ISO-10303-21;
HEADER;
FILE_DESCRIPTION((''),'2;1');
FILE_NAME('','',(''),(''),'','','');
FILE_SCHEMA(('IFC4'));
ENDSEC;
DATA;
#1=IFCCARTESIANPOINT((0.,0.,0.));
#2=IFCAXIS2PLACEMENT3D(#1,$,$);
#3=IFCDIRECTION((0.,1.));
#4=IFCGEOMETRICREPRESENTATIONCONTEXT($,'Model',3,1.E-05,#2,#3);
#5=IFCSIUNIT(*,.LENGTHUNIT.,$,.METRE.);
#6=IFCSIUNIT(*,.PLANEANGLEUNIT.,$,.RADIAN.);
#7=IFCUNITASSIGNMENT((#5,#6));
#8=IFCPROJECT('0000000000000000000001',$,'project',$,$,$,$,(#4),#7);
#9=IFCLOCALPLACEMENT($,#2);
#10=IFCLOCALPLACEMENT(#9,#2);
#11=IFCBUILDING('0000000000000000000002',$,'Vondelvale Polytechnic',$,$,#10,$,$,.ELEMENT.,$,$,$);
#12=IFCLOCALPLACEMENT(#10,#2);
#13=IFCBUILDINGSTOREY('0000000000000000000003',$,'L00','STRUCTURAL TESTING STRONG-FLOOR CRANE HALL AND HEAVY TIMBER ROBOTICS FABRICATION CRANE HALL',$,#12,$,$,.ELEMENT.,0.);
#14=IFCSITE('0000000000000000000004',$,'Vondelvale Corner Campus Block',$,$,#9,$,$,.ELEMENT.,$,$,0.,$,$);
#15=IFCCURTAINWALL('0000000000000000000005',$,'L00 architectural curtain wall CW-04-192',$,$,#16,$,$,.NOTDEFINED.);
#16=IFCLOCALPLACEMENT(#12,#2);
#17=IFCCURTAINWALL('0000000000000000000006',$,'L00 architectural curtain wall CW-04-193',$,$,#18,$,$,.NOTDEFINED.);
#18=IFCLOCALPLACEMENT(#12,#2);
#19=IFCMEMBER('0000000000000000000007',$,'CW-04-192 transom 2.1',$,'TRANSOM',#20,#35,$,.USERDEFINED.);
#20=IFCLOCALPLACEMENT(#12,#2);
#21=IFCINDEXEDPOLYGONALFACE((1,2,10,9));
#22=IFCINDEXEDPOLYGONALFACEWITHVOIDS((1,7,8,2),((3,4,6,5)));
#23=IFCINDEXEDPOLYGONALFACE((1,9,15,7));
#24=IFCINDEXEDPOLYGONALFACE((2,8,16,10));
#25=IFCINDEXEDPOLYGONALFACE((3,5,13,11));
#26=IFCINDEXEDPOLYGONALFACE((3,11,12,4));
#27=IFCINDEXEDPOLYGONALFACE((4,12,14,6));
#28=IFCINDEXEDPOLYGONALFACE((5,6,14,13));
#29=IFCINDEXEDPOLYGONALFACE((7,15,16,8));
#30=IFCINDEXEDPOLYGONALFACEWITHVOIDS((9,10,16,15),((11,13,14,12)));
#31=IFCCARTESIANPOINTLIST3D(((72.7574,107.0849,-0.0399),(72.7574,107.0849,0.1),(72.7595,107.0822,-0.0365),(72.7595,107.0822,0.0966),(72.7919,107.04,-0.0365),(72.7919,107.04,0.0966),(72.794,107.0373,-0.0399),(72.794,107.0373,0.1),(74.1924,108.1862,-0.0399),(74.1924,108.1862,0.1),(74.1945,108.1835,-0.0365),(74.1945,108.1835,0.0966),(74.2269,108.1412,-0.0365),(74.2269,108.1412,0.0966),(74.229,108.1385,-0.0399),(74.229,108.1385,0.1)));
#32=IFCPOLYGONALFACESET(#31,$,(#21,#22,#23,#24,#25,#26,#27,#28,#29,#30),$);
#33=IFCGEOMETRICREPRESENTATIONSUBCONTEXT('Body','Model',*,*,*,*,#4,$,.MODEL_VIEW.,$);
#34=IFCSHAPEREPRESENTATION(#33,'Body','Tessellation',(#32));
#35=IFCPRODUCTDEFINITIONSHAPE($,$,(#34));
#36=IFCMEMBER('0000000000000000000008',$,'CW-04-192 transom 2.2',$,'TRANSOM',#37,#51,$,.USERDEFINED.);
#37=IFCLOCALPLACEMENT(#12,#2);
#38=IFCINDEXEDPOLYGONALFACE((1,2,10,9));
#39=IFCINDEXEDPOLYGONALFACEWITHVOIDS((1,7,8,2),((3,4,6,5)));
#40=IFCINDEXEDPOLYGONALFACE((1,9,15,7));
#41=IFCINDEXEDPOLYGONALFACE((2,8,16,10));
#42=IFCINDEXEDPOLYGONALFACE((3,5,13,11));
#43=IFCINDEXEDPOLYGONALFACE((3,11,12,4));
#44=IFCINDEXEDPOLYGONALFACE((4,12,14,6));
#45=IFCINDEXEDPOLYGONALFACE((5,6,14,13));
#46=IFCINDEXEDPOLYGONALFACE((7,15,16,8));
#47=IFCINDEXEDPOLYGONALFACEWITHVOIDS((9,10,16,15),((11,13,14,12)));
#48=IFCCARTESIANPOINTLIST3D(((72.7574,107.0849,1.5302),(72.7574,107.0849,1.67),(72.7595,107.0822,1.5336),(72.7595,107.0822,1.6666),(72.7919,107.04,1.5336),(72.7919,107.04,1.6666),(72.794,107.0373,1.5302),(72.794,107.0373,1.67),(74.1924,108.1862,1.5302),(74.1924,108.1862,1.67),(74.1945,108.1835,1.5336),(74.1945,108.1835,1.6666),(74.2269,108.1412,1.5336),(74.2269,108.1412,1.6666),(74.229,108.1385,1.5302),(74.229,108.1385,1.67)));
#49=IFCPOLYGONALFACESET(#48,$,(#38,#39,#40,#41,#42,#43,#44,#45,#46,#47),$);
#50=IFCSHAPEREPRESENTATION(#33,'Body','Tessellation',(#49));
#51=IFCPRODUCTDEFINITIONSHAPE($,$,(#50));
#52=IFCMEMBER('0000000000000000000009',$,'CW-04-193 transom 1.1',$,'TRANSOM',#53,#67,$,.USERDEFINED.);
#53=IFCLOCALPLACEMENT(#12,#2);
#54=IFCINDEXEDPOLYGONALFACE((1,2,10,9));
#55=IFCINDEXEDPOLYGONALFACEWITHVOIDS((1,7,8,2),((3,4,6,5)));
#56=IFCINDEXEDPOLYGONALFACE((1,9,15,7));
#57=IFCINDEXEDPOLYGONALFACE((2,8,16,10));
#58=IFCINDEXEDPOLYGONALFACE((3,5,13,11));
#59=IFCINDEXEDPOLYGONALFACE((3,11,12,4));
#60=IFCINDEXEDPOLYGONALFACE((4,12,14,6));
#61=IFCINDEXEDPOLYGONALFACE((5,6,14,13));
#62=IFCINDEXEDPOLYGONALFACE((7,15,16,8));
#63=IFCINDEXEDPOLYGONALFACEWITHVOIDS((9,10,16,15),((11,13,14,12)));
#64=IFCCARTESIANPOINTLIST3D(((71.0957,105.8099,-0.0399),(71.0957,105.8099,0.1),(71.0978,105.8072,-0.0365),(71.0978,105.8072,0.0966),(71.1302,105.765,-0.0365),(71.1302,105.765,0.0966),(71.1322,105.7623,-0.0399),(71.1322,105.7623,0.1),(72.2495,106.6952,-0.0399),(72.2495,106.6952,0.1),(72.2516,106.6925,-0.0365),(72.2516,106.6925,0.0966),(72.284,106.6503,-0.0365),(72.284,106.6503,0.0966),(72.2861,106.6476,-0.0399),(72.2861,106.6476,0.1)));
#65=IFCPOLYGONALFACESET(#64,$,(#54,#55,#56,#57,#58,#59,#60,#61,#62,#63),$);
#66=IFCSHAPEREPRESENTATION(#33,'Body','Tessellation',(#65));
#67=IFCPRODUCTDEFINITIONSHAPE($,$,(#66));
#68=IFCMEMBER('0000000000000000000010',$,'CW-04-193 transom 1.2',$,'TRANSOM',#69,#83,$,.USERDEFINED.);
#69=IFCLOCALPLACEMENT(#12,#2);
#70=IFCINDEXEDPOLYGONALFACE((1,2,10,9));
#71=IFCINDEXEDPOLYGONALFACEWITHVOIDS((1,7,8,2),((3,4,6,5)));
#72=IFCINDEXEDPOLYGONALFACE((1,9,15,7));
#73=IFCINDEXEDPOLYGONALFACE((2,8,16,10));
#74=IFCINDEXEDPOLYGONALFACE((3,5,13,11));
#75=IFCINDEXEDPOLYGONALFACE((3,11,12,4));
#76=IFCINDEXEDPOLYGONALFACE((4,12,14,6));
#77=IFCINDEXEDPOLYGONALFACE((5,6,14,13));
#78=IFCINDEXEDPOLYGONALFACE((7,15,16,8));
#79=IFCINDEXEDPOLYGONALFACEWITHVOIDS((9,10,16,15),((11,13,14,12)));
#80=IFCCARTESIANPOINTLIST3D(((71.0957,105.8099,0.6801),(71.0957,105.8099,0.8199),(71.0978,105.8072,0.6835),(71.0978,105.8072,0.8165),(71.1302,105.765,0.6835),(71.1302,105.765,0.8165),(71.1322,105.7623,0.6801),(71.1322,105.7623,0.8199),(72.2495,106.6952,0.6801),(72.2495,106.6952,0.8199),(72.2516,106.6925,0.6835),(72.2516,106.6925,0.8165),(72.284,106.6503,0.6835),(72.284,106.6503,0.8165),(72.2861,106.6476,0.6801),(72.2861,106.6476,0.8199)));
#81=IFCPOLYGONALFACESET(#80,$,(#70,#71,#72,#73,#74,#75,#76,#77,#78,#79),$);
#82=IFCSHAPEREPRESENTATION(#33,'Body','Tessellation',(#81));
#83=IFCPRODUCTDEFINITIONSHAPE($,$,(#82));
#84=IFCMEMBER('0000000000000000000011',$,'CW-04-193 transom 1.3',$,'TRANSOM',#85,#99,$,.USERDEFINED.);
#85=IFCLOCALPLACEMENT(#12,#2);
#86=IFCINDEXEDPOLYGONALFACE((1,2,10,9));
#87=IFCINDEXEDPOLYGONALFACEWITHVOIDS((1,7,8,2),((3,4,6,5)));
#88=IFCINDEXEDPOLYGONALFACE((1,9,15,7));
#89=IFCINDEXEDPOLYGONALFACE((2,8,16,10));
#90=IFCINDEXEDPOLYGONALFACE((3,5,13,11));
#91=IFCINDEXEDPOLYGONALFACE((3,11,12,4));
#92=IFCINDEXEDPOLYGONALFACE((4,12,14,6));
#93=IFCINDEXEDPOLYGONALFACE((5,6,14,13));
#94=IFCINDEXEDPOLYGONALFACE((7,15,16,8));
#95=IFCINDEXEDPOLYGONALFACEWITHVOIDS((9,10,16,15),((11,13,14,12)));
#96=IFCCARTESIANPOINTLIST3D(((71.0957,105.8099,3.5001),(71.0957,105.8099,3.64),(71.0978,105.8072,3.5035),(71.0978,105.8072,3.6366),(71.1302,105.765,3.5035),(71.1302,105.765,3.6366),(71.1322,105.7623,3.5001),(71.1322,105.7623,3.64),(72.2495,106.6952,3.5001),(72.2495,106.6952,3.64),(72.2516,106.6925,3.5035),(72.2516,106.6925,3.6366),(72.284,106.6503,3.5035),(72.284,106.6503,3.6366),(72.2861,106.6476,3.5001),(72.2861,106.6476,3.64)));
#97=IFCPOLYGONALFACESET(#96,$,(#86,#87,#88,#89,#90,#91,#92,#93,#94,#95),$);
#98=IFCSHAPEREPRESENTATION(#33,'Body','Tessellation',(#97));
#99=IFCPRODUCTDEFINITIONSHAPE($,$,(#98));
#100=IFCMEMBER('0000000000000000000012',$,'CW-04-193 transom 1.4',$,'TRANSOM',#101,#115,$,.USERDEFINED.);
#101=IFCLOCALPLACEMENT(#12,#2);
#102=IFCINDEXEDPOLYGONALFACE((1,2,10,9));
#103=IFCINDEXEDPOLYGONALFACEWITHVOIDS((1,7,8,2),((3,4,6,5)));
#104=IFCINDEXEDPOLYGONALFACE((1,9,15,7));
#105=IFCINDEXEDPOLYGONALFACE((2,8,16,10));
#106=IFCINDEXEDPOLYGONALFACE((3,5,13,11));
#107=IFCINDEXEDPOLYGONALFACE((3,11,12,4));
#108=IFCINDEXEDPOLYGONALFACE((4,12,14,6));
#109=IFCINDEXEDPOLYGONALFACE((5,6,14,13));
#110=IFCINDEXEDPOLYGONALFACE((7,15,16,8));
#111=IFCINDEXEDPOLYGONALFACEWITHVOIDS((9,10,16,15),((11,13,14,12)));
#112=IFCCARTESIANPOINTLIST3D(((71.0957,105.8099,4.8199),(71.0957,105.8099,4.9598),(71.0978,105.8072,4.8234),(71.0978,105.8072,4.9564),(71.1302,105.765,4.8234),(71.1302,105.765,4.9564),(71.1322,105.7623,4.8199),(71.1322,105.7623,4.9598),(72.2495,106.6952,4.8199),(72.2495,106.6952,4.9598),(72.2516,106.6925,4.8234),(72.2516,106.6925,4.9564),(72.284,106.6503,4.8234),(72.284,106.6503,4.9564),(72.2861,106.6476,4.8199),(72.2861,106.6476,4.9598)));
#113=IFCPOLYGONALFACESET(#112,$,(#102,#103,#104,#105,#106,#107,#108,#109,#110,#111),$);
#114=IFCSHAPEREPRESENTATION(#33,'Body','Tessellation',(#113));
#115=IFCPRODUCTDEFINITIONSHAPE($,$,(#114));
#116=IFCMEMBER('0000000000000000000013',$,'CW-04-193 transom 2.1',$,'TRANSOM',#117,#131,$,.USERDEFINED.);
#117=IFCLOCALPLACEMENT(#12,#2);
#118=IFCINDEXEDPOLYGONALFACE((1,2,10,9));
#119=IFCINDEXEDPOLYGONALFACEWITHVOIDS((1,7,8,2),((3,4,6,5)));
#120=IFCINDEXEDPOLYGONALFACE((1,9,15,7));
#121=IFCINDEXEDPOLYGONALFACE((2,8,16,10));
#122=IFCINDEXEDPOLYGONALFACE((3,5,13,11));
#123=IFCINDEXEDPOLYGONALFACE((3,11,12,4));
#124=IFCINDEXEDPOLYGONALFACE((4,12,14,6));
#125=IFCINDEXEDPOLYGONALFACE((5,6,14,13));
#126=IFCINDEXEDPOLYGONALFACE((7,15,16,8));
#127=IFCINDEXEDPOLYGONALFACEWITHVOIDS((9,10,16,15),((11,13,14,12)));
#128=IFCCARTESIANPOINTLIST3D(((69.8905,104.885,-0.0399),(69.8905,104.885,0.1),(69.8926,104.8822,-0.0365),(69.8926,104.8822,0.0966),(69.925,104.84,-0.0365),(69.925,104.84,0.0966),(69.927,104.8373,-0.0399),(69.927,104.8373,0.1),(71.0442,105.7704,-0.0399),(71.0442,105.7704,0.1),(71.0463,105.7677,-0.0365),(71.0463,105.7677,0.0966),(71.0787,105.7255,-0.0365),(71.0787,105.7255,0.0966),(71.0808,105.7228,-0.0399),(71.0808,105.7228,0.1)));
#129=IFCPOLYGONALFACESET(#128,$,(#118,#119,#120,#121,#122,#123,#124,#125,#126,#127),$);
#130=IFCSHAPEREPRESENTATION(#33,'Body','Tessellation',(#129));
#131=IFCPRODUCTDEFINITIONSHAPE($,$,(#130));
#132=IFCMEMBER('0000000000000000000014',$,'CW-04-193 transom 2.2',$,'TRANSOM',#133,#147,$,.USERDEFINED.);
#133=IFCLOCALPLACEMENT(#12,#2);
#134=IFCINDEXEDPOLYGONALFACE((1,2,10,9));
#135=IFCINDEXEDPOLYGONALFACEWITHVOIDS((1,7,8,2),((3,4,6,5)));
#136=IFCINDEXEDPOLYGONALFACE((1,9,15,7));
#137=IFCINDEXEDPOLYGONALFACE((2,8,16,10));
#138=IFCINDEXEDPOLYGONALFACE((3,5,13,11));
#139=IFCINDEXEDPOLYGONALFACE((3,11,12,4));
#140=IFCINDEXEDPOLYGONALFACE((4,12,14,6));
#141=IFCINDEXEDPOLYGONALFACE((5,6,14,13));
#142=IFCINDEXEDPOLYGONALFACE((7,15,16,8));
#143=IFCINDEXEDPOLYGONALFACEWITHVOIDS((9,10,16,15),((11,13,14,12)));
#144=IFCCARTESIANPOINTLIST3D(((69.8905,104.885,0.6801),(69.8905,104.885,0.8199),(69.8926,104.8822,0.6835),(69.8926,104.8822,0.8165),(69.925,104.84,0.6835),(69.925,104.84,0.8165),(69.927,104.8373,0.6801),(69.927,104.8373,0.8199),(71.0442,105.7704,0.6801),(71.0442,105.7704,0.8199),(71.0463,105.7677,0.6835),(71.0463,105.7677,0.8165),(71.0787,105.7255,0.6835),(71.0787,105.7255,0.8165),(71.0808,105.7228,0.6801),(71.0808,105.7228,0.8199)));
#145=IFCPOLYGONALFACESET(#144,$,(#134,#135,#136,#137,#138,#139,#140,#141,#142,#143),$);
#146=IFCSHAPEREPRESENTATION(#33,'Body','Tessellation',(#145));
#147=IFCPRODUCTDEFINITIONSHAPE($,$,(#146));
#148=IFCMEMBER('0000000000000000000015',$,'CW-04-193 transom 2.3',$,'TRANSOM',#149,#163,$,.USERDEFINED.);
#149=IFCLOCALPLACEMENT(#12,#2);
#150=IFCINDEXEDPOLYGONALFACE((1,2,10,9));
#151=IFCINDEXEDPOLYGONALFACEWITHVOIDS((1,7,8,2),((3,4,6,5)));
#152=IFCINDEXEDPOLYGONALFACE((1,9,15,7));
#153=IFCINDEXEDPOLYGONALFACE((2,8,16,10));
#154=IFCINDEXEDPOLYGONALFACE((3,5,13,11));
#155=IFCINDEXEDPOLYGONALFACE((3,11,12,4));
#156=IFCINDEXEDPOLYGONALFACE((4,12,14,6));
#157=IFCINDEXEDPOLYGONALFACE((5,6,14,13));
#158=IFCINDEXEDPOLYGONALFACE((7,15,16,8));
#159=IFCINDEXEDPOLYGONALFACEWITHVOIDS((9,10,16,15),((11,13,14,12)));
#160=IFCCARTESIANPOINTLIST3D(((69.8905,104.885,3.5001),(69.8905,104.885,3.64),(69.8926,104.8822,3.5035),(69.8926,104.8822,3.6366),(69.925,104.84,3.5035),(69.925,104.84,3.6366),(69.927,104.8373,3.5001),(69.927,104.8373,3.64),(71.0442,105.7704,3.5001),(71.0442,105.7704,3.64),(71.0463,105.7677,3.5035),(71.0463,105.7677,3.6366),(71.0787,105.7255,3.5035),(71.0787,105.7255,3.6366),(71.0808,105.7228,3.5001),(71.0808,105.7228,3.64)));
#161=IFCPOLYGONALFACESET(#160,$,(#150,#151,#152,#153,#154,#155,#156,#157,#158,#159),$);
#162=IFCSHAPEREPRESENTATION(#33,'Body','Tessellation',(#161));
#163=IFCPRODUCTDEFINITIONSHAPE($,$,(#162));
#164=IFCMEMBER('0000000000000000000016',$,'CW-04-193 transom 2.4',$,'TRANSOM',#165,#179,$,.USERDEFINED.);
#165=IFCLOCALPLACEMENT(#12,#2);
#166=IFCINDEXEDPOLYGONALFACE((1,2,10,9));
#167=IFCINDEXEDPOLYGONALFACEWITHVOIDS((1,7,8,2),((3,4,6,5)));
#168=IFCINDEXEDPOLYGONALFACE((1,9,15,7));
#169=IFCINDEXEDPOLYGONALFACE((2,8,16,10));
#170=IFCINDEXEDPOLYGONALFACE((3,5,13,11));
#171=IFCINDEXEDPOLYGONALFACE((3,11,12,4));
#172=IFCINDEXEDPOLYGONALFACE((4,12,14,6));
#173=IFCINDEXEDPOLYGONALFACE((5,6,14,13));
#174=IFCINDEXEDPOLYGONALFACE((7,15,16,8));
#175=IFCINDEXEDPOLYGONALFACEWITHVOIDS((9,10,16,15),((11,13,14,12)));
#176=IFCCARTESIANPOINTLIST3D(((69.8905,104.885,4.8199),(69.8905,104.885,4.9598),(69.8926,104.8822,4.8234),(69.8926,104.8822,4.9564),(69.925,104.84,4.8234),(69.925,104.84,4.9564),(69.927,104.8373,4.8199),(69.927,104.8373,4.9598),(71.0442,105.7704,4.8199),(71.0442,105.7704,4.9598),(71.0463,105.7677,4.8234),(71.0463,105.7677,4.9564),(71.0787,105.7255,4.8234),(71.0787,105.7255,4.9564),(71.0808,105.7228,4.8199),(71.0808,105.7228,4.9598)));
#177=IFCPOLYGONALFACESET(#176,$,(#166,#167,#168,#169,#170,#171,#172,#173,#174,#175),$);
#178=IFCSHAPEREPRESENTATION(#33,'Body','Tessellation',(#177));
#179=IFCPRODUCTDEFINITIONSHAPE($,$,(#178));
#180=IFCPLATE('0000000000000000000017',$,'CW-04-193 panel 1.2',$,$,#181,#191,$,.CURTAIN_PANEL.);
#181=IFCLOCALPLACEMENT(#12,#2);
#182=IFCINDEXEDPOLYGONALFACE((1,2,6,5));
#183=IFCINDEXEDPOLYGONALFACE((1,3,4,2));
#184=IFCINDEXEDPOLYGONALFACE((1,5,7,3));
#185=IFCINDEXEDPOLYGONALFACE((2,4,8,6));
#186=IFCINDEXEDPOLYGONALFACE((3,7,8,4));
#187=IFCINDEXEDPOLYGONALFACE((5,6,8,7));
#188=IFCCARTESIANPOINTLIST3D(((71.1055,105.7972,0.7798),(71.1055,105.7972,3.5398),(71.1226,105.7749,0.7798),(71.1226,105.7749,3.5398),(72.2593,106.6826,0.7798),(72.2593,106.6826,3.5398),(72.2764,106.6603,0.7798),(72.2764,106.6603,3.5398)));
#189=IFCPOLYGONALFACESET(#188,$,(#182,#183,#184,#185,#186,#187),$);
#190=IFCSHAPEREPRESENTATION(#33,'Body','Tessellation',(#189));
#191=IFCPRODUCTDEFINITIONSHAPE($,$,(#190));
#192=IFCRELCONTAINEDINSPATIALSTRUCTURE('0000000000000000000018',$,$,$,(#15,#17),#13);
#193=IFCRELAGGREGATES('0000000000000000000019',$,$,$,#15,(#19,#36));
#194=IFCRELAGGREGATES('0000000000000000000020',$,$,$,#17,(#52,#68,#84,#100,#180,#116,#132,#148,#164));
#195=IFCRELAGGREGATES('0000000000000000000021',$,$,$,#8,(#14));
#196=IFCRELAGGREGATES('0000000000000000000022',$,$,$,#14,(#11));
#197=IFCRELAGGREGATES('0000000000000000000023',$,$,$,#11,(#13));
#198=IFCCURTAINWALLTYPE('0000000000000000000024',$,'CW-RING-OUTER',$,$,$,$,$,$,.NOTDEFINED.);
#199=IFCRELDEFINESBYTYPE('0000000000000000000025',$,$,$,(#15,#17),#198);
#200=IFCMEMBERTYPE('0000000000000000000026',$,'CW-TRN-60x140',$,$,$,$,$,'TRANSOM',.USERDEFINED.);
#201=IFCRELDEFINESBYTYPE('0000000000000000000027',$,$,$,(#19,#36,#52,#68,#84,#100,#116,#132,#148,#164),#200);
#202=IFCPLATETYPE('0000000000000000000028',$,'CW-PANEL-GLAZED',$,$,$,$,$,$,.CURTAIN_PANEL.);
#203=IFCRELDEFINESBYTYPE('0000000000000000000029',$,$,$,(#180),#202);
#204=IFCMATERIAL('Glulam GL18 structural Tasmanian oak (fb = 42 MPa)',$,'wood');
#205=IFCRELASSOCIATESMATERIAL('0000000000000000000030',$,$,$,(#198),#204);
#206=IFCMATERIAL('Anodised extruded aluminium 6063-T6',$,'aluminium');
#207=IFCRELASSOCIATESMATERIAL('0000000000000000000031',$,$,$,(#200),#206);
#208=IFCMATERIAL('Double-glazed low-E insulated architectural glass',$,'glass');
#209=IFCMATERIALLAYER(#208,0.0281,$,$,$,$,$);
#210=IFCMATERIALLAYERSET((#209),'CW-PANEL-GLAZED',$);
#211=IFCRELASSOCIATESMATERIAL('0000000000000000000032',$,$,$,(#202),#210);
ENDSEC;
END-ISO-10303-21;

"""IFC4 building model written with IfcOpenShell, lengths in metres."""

from ifc_helpers import new_model, si_unit, direction, frame, origin, origin_2d, place, context, subcontext, project, spatial, rectangle, hollow_rectangle, extrude, material, layer, layer_set, material_profile, profile_set, type_object, element, aggregate, save


model = new_model("IFC4")

# Units and contexts
model_context = context("Model", 3, precision=1e-05, world=origin(), true_north=direction((0.0, 1.0)))
body_context = subcontext(model_context, "Body", "Model", "MODEL_VIEW")
ifc_project = project(units=[si_unit("LENGTHUNIT", "METRE"), si_unit("PLANEANGLEUNIT", "RADIAN")], contexts=[model_context])

# Site, building, storey
site_placement = place(None, origin())
site = spatial("IfcSite", under=ifc_project, at=site_placement, Name="Vondelvale Corner Campus Block", CompositionType="ELEMENT", RefElevation=0.0)
building_placement = place(site_placement, origin())
building = spatial("IfcBuilding", under=site, at=building_placement, Name="Vondelvale Polytechnic", CompositionType="ELEMENT")
storey_placement = place(building_placement, origin())
storey = spatial("IfcBuildingStorey", under=building, at=storey_placement, Name="L00", Description="STRUCTURAL TESTING STRONG-FLOOR CRANE HALL AND HEAVY TIMBER ROBOTICS FABRICATION CRANE HALL", CompositionType="ELEMENT", Elevation=0.0)

# Shared definitions
ifc_material_1 = material(Name="Glulam GL18 structural Tasmanian oak (fb = 42 MPa)", Category="wood")

# Curtain wall
curtain_wall_type = type_object("IfcCurtainWallType", Name="CW-RING-OUTER", PredefinedType="NOTDEFINED", material=ifc_material_1)
curtain_wall_1_placement = place(storey_placement, origin())
curtain_wall_1 = element("IfcCurtainWall", 1, at=curtain_wall_1_placement, inside=storey, type_object=curtain_wall_type, Name="L00 architectural curtain wall CW-04-192", PredefinedType="NOTDEFINED")
ifc_material_2 = material(Name="Anodised extruded aluminium 6063-T6", Category="aluminium")

# Curtain wall
curtain_wall_2_placement = place(storey_placement, origin())
curtain_wall_2 = element("IfcCurtainWall", 2, at=curtain_wall_2_placement, inside=storey, type_object=curtain_wall_type, Name="L00 architectural curtain wall CW-04-193", PredefinedType="NOTDEFINED")

# Members
ifc_material_profile_1 = material_profile(ifc_material_2, hollow_rectangle(XDim=0.0601, YDim=0.1399, WallThickness=0.0034, at=origin_2d()), Name="CW-TRN-140x60")
ifc_profile_set_1 = profile_set([ifc_material_profile_1], Name="Anodised extruded aluminium 6063-T6")
member_type_1 = type_object("IfcMemberType", Name="CW-TRN-60x140", ElementType="TRANSOM", PredefinedType="USERDEFINED", material=ifc_profile_set_1)
member_1_placement = place(storey_placement, frame((74.2107, 108.1624, 0.03), z_axis=(-0.793311, -0.608817, 0.0), x_axis=(0.608817, -0.793311, 0.0)))
member_1 = element("IfcMember", 3, at=member_1_placement, type_object=member_type_1, Name="CW-04-192 transom 2.1", ObjectType="TRANSOM", PredefinedType="USERDEFINED", context=body_context, shape_type="SweptSolid", body=[
    extrude(hollow_rectangle(XDim=0.0601, YDim=0.1399, WallThickness=0.0034, at=origin_2d()), origin(), (0.0, 0.0, 1.0), 1.8088),
])
member_2_placement = place(storey_placement, frame((74.2107, 108.1624, 1.6001), z_axis=(-0.793311, -0.608817, 0.0), x_axis=(0.608817, -0.793311, 0.0)))
member_2 = element("IfcMember", 4, at=member_2_placement, type_object=member_type_1, Name="CW-04-192 transom 2.2", ObjectType="TRANSOM", PredefinedType="USERDEFINED", context=body_context, shape_type="SweptSolid", body=[
    extrude(hollow_rectangle(XDim=0.0601, YDim=0.1399, WallThickness=0.0034, at=origin_2d()), origin(), (0.0, 0.0, 1.0), 1.8088),
])
member_3_placement = place(storey_placement, frame((72.2678, 106.6714, 0.03), z_axis=(-0.793385, -0.608721, 0.0), x_axis=(0.608721, -0.793385, 0.0)))
member_3 = element("IfcMember", 5, at=member_3_placement, type_object=member_type_1, Name="CW-04-193 transom 1.1", ObjectType="TRANSOM", PredefinedType="USERDEFINED", context=body_context, shape_type="SweptSolid", body=[
    extrude(hollow_rectangle(XDim=0.0601, YDim=0.1399, WallThickness=0.0034, at=origin_2d()), origin(), (0.0, 0.0, 1.0), 1.4543),
])
member_4_placement = place(storey_placement, frame((72.2678, 106.6714, 0.75), z_axis=(-0.793385, -0.608721, 0.0), x_axis=(0.608721, -0.793385, 0.0)))
member_4 = element("IfcMember", 6, at=member_4_placement, type_object=member_type_1, Name="CW-04-193 transom 1.2", ObjectType="TRANSOM", PredefinedType="USERDEFINED", context=body_context, shape_type="SweptSolid", body=[
    extrude(hollow_rectangle(XDim=0.0601, YDim=0.1399, WallThickness=0.0034, at=origin_2d()), origin(), (0.0, 0.0, 1.0), 1.4543),
])
member_5_placement = place(storey_placement, frame((72.2678, 106.6714, 3.5701), z_axis=(-0.793385, -0.608721, 0.0), x_axis=(0.608721, -0.793385, 0.0)))
member_5 = element("IfcMember", 7, at=member_5_placement, type_object=member_type_1, Name="CW-04-193 transom 1.3", ObjectType="TRANSOM", PredefinedType="USERDEFINED", context=body_context, shape_type="SweptSolid", body=[
    extrude(hollow_rectangle(XDim=0.0601, YDim=0.1399, WallThickness=0.0034, at=origin_2d()), origin(), (0.0, 0.0, 1.0), 1.4543),
])
member_6_placement = place(storey_placement, frame((72.2678, 106.6714, 4.8899), z_axis=(-0.793385, -0.608721, 0.0), x_axis=(0.608721, -0.793385, 0.0)))
member_6 = element("IfcMember", 8, at=member_6_placement, type_object=member_type_1, Name="CW-04-193 transom 1.4", ObjectType="TRANSOM", PredefinedType="USERDEFINED", context=body_context, shape_type="SweptSolid", body=[
    extrude(hollow_rectangle(XDim=0.0601, YDim=0.1399, WallThickness=0.0034, at=origin_2d()), origin(), (0.0, 0.0, 1.0), 1.4543),
])
member_7_placement = place(storey_placement, frame((71.0625, 105.7466, 0.03), z_axis=(-0.793304, -0.608826, 0.0), x_axis=(0.608826, -0.793304, 0.0)))
member_7 = element("IfcMember", 9, at=member_7_placement, type_object=member_type_1, Name="CW-04-193 transom 2.1", ObjectType="TRANSOM", PredefinedType="USERDEFINED", context=body_context, shape_type="SweptSolid", body=[
    extrude(hollow_rectangle(XDim=0.0601, YDim=0.1399, WallThickness=0.0034, at=origin_2d()), origin(), (0.0, 0.0, 1.0), 1.4543),
])
member_8_placement = place(storey_placement, frame((71.0625, 105.7466, 0.75), z_axis=(-0.793304, -0.608826, 0.0), x_axis=(0.608826, -0.793304, 0.0)))
member_8 = element("IfcMember", 10, at=member_8_placement, type_object=member_type_1, Name="CW-04-193 transom 2.2", ObjectType="TRANSOM", PredefinedType="USERDEFINED", context=body_context, shape_type="SweptSolid", body=[
    extrude(hollow_rectangle(XDim=0.0601, YDim=0.1399, WallThickness=0.0034, at=origin_2d()), origin(), (0.0, 0.0, 1.0), 1.4543),
])
member_9_placement = place(storey_placement, frame((71.0625, 105.7466, 3.5701), z_axis=(-0.793304, -0.608826, 0.0), x_axis=(0.608826, -0.793304, 0.0)))
member_9 = element("IfcMember", 11, at=member_9_placement, type_object=member_type_1, Name="CW-04-193 transom 2.3", ObjectType="TRANSOM", PredefinedType="USERDEFINED", context=body_context, shape_type="SweptSolid", body=[
    extrude(hollow_rectangle(XDim=0.0601, YDim=0.1399, WallThickness=0.0034, at=origin_2d()), origin(), (0.0, 0.0, 1.0), 1.4543),
])
member_10_placement = place(storey_placement, frame((71.0625, 105.7466, 4.8899), z_axis=(-0.793304, -0.608826, 0.0), x_axis=(0.608826, -0.793304, 0.0)))
member_10 = element("IfcMember", 12, at=member_10_placement, type_object=member_type_1, Name="CW-04-193 transom 2.4", ObjectType="TRANSOM", PredefinedType="USERDEFINED", context=body_context, shape_type="SweptSolid", body=[
    extrude(hollow_rectangle(XDim=0.0601, YDim=0.1399, WallThickness=0.0034, at=origin_2d()), origin(), (0.0, 0.0, 1.0), 1.4543),
])

# Plate
ifc_material_3 = material(Name="Double-glazed low-E insulated architectural glass", Category="glass")
ifc_layer_1 = layer(ifc_material_3, 0.0281)
ifc_layer_set_1 = layer_set([ifc_layer_1], Name="CW-PANEL-GLAZED")
plate_type_1 = type_object("IfcPlateType", Name="CW-PANEL-GLAZED", PredefinedType="CURTAIN_PANEL", material=ifc_layer_set_1)
plate_1_placement = place(storey_placement, frame((71.6909, 106.2288, 0.7798), z_axis=(0.0, 0.0, 1.0), x_axis=(-0.793352, -0.608764, 0.0)))
plate_1 = element("IfcPlate", 13, at=plate_1_placement, type_object=plate_type_1, Name="CW-04-193 panel 1.2", PredefinedType="CURTAIN_PANEL", context=body_context, shape_type="SweptSolid", body=[
    extrude(rectangle(XDim=1.4543, YDim=0.0281, at=origin_2d()), origin(), (0.0, 0.0, 1.0), 2.76),
])
aggregate(curtain_wall_1, [member_1, member_2])
aggregate(curtain_wall_2, [member_3, member_4, member_5, member_6, plate_1, member_7, member_8, member_9, member_10])

save(model, "model.ifc")
